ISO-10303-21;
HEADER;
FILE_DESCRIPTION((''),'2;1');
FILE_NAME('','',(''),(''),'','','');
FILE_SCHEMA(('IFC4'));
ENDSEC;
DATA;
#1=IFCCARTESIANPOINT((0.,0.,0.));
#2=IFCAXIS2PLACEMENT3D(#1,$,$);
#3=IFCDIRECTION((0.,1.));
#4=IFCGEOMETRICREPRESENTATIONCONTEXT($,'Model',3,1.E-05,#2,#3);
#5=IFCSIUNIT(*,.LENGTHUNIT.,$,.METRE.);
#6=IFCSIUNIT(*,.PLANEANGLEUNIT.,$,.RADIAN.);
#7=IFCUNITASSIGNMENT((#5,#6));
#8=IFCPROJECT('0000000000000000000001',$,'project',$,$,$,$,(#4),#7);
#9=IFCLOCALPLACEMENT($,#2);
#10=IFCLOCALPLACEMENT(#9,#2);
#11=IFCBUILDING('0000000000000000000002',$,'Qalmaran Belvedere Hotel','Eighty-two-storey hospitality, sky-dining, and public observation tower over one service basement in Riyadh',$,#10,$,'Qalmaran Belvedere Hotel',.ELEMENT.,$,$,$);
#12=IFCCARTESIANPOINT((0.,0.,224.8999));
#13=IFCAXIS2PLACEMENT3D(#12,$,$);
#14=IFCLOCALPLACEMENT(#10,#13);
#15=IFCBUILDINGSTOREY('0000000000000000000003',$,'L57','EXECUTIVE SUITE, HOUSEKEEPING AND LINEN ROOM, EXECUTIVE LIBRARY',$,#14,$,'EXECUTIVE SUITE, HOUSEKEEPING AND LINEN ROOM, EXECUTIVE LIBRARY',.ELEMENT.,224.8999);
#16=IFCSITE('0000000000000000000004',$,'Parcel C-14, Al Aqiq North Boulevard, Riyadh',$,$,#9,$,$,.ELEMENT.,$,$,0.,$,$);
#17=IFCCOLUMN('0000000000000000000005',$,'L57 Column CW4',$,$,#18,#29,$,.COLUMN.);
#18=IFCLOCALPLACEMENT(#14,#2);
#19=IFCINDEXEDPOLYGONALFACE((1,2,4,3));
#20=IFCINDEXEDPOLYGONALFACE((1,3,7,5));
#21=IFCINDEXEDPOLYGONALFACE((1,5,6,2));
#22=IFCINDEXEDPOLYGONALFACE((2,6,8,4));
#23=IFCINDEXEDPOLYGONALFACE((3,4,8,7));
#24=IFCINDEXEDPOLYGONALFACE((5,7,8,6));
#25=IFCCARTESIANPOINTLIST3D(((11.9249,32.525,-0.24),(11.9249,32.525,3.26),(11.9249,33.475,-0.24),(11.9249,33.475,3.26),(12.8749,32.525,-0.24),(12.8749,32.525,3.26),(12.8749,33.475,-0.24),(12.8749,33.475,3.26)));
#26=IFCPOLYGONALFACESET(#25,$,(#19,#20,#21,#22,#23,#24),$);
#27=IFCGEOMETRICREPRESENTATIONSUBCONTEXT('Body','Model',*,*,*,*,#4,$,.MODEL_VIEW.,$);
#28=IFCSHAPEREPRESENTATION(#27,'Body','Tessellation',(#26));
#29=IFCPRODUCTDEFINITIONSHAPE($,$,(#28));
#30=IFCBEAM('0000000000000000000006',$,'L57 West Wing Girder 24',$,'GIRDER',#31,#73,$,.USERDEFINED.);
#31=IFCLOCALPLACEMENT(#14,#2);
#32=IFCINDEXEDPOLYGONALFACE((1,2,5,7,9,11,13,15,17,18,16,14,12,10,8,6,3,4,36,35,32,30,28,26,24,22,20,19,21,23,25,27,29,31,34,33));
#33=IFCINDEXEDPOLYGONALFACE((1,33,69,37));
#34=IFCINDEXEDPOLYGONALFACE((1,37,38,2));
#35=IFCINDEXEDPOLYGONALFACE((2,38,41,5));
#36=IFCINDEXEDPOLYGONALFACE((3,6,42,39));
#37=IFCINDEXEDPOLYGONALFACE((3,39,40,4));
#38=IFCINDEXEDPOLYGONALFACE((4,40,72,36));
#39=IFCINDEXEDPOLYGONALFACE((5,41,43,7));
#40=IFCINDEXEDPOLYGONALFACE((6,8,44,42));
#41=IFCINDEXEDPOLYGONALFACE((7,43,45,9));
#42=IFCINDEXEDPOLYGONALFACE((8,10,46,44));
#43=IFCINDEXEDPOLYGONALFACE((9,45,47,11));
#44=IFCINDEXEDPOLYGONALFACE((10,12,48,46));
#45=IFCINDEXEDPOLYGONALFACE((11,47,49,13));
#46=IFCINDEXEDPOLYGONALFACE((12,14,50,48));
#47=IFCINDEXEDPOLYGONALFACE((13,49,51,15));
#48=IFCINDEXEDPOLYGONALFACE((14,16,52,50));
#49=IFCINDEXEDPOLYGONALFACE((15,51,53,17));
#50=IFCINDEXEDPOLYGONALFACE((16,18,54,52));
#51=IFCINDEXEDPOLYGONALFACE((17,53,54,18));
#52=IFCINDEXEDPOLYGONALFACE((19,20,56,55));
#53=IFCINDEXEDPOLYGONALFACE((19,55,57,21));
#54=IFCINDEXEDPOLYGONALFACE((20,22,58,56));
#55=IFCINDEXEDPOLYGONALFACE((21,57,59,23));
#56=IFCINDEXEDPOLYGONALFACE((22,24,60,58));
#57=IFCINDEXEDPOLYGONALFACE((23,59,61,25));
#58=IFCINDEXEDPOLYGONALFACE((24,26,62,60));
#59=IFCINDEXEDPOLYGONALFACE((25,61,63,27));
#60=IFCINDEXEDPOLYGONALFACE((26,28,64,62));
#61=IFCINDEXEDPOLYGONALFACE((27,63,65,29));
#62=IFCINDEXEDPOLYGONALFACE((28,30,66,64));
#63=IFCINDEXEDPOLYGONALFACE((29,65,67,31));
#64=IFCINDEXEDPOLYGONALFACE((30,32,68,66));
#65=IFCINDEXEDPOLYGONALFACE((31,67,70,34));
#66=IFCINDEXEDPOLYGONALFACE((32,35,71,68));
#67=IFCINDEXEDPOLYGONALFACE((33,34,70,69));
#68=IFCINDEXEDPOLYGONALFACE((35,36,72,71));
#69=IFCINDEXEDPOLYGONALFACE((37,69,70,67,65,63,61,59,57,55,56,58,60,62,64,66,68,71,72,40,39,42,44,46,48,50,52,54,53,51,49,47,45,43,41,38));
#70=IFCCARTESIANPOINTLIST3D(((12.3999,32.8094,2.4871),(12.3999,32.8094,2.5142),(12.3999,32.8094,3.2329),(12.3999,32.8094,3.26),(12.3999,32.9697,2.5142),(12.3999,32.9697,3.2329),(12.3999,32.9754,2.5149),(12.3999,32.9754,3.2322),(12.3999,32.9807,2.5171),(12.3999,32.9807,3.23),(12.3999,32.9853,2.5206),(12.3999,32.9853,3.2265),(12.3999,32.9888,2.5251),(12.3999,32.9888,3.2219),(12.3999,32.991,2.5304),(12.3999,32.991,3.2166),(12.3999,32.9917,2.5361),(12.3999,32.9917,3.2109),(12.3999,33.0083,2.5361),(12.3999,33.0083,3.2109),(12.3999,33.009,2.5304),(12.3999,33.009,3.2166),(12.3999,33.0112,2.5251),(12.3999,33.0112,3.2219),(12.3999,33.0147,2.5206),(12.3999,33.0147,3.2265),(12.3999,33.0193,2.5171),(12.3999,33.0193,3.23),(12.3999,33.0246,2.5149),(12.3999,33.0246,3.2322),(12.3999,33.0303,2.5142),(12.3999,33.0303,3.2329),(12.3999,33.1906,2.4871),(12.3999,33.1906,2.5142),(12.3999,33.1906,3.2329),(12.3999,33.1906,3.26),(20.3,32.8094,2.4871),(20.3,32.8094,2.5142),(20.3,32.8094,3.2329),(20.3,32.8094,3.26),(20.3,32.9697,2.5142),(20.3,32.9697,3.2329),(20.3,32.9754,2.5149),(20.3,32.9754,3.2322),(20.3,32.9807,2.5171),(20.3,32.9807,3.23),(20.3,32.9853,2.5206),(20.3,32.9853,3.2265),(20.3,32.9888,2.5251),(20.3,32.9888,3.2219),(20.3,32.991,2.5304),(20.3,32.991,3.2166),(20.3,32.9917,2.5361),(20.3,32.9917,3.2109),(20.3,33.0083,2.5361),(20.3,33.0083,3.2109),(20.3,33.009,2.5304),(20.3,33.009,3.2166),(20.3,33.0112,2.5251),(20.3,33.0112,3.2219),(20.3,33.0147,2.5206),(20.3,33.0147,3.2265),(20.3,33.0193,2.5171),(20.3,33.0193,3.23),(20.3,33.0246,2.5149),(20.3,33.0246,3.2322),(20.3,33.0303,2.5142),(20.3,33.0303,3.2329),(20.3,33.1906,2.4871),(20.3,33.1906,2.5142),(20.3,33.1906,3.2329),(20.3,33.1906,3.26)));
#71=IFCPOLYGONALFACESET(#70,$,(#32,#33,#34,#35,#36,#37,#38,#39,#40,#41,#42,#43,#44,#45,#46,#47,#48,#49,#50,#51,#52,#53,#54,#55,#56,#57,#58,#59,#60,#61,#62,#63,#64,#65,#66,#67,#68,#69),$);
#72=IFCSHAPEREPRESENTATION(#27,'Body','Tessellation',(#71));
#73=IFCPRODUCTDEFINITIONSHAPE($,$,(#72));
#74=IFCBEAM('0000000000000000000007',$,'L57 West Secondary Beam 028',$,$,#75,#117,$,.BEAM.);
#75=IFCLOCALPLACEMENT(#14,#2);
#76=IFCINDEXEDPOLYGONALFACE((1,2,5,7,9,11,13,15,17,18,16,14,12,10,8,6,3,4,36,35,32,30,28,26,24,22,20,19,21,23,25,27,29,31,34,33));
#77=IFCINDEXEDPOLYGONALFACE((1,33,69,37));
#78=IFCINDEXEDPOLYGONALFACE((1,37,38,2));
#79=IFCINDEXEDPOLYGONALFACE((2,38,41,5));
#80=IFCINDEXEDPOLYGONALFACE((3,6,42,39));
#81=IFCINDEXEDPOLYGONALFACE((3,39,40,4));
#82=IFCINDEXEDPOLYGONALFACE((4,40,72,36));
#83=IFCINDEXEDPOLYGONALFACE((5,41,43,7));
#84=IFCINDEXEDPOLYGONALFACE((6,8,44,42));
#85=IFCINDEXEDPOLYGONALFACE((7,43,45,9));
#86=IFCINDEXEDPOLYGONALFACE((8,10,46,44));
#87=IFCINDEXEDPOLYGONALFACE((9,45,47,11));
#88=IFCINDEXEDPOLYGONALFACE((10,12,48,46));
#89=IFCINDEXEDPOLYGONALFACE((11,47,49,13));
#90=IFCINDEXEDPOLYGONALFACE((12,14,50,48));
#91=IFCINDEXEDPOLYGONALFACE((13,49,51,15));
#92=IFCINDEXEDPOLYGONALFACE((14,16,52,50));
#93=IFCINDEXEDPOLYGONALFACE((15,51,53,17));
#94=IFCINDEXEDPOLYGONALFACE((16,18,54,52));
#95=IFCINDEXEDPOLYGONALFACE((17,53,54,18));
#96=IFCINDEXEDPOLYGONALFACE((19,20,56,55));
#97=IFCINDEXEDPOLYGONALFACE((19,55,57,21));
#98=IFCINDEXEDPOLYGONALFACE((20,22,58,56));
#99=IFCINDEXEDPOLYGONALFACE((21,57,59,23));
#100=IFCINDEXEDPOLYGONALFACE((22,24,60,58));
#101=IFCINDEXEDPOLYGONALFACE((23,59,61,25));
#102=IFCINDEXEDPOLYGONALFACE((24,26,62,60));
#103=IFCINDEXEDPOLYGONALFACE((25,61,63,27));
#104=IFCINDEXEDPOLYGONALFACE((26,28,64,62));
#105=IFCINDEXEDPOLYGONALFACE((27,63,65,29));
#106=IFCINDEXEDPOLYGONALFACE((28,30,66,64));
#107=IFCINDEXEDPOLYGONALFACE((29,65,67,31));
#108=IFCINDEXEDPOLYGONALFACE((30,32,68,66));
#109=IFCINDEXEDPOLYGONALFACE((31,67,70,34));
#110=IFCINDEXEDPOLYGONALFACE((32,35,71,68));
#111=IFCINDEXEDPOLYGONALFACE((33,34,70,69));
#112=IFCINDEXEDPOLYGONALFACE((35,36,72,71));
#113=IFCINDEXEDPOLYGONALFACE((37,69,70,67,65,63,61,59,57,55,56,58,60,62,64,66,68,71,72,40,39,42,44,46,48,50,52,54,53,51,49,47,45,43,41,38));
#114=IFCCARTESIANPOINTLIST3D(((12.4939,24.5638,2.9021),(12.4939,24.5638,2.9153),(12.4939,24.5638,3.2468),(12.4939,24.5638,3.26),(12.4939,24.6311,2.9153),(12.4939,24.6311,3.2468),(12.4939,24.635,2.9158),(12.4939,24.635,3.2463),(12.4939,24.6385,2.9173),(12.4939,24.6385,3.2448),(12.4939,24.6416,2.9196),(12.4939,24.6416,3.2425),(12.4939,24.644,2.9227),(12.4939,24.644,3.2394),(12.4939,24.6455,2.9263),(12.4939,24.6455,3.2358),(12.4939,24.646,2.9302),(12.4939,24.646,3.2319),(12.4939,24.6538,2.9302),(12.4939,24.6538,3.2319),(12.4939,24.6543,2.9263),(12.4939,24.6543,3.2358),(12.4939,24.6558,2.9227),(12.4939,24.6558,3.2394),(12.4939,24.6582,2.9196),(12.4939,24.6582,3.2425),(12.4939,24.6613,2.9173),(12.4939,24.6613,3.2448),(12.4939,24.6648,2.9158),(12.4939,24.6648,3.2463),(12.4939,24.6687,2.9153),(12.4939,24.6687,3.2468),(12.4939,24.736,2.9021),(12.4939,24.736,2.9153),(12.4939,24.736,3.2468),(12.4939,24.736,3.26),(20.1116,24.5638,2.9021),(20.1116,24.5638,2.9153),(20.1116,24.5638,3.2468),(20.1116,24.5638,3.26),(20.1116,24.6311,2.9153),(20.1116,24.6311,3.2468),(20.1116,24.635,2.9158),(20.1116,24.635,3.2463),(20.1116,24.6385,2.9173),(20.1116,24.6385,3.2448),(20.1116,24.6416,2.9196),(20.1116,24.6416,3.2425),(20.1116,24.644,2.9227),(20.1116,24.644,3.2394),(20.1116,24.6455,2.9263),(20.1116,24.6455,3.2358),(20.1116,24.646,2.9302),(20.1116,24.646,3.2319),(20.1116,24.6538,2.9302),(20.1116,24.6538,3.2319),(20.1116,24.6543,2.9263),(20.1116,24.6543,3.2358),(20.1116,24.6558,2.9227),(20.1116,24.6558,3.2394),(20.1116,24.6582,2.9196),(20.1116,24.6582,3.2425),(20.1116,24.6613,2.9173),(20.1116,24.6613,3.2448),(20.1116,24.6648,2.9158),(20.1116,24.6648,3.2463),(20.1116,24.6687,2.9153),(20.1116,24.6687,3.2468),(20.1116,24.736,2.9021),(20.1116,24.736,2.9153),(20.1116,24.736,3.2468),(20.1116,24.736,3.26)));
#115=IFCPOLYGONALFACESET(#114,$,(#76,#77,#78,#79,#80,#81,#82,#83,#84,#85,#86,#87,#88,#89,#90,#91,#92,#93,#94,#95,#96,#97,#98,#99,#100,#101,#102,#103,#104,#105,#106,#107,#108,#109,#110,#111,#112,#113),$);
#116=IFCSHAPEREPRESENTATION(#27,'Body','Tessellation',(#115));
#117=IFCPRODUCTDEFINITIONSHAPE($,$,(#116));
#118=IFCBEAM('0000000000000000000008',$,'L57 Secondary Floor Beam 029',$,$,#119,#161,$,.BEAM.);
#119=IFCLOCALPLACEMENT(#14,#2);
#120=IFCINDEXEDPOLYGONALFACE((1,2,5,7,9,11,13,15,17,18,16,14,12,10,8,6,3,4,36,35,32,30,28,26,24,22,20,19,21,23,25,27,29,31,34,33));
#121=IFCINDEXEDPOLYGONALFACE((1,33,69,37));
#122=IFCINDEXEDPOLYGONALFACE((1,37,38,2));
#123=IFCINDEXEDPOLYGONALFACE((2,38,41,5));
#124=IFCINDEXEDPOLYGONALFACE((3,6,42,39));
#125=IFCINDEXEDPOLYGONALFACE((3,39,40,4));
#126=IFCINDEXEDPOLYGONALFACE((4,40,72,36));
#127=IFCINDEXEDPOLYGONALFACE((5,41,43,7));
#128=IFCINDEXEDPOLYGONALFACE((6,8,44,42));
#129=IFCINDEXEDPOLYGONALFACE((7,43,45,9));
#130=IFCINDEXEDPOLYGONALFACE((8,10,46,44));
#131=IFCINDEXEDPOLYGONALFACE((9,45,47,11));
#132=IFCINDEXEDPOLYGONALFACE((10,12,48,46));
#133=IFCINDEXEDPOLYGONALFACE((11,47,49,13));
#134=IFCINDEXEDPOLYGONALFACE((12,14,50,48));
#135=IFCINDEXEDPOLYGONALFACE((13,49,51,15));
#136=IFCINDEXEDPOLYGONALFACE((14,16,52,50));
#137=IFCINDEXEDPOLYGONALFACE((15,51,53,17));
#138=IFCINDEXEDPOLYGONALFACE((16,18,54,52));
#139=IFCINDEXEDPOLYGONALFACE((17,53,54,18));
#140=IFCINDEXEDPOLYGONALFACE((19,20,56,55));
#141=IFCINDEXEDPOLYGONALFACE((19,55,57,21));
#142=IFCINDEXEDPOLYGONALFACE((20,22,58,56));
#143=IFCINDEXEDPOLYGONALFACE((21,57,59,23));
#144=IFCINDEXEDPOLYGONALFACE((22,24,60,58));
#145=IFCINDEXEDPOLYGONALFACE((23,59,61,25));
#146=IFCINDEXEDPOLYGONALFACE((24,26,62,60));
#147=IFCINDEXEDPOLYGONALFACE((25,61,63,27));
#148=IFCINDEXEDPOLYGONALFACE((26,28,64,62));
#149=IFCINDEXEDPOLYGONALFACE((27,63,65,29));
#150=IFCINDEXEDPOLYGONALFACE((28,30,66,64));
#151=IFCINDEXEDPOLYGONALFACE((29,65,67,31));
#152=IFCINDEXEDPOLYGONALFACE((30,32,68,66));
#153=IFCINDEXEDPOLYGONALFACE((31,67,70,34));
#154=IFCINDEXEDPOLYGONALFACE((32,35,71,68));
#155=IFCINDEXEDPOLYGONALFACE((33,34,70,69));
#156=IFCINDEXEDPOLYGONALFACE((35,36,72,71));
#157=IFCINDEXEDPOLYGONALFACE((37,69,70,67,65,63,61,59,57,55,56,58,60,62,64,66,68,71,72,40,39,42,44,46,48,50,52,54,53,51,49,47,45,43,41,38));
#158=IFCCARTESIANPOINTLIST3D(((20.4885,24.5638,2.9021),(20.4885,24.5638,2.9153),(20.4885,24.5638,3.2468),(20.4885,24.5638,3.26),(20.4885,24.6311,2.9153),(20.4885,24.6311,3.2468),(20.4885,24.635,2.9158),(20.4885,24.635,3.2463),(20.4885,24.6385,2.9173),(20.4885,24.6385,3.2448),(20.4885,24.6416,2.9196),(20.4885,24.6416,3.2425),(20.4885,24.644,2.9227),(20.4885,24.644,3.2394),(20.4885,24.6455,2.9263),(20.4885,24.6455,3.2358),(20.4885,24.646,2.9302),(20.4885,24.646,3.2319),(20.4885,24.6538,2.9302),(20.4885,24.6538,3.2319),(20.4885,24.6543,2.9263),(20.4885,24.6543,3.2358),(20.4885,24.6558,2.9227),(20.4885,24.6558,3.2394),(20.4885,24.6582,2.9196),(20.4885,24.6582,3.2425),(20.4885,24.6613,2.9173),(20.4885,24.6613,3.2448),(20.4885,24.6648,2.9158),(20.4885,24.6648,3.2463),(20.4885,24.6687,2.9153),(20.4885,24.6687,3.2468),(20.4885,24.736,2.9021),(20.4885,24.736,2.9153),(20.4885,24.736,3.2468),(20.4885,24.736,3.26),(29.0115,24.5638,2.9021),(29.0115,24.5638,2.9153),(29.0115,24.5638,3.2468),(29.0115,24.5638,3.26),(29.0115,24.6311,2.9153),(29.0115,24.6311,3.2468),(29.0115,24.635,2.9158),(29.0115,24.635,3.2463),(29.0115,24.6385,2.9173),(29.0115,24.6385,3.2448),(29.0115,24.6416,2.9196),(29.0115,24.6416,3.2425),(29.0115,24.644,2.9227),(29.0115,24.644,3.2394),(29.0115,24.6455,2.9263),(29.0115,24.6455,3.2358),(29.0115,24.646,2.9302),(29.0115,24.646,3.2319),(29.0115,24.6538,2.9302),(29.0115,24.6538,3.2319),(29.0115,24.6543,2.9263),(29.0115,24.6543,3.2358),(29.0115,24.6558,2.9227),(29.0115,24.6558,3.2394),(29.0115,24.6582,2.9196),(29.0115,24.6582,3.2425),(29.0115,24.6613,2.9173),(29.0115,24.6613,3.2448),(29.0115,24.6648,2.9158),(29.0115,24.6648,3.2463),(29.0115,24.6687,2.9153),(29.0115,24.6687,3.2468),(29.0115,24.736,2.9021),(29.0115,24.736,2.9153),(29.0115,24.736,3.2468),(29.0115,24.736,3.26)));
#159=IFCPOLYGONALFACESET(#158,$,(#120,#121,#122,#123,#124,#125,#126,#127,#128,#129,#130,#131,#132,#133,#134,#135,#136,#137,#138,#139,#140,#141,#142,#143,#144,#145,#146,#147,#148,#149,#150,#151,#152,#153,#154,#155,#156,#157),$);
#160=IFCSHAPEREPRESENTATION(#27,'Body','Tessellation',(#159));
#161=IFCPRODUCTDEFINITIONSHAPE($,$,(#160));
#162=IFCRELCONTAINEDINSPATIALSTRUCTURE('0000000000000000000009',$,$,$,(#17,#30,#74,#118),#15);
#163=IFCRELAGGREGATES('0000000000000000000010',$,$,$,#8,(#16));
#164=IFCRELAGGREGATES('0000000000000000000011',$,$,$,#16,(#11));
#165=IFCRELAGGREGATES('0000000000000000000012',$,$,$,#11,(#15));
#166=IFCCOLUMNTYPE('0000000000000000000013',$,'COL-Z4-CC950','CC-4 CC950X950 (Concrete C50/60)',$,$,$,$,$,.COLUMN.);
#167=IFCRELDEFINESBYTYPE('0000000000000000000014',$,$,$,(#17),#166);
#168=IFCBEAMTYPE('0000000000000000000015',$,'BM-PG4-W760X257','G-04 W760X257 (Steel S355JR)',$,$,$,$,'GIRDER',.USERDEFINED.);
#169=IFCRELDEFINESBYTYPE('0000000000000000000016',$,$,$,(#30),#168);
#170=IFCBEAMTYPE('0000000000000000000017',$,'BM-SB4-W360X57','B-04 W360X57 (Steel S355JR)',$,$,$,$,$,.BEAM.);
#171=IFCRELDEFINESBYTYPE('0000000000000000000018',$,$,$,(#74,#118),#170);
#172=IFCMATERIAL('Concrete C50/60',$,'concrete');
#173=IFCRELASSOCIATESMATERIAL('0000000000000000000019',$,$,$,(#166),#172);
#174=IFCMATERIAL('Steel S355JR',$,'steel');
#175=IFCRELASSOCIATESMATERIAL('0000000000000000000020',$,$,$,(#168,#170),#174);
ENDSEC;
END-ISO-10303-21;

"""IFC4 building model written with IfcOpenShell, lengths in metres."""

from ifc_helpers import new_model, si_unit, direction, frame, origin, origin_2d, place, context, subcontext, project, spatial, rectangle, i_section, extrude, material, material_profile, profile_set, type_object, element, save


model = new_model("IFC4")

# Units and contexts
model_context = context("Model", 3, precision=1e-05, world=origin(), true_north=direction((0.0, 1.0)))
body_context = subcontext(model_context, "Body", "Model", "MODEL_VIEW")
ifc_project = project(units=[si_unit("LENGTHUNIT", "METRE"), si_unit("PLANEANGLEUNIT", "RADIAN")], contexts=[model_context])

# Site, building, storey
site_placement = place(None, origin())
site = spatial("IfcSite", under=ifc_project, at=site_placement, Name="Parcel C-14, Al Aqiq North Boulevard, Riyadh", CompositionType="ELEMENT", RefElevation=0.0)
building_placement = place(site_placement, origin())
building = spatial("IfcBuilding", under=site, at=building_placement, Name="Qalmaran Belvedere Hotel", Description="Eighty-two-storey hospitality, sky-dining, and public observation tower over one service basement in Riyadh", LongName="Qalmaran Belvedere Hotel", CompositionType="ELEMENT")
storey_placement = place(building_placement, frame((0.0, 0.0, 224.8999)))
storey = spatial("IfcBuildingStorey", under=building, at=storey_placement, Name="L57", Description="EXECUTIVE SUITE, HOUSEKEEPING AND LINEN ROOM, EXECUTIVE LIBRARY", LongName="EXECUTIVE SUITE, HOUSEKEEPING AND LINEN ROOM, EXECUTIVE LIBRARY", CompositionType="ELEMENT", Elevation=224.8999)

# Column
ifc_material_1 = material(Name="Concrete C50/60", Category="concrete")
ifc_material_profile_1 = material_profile(ifc_material_1, rectangle(XDim=0.95, YDim=0.95, at=origin_2d()), Name="CC950X950")
ifc_profile_set_1 = profile_set([ifc_material_profile_1], Name="Concrete C50/60")
column_type = type_object("IfcColumnType", Name="COL-Z4-CC950", Description="CC-4 CC950X950 (Concrete C50/60)", PredefinedType="COLUMN", material=ifc_profile_set_1)
column_placement = place(storey_placement, frame((12.3999, 33.0, -0.24), z_axis=(0.0, 0.0, 1.0), x_axis=(1.0, 0.0, 0.0)))
element("IfcColumn", 1, at=column_placement, inside=storey, type_object=column_type, Name="L57 Column CW4", PredefinedType="COLUMN", context=body_context, shape_type="SweptSolid", body=[
    extrude(rectangle(XDim=0.95, YDim=0.95, at=origin_2d()), origin(), (0.0, 0.0, 1.0), 3.5),
])

# Beams
ifc_material_2 = material(Name="Steel S355JR", Category="steel")
ifc_material_profile_2 = material_profile(ifc_material_2, i_section(OverallWidth=0.3811, OverallDepth=0.7729, WebThickness=0.0166, FlangeThickness=0.0271, FilletRadius=0.022, at=origin_2d()), Name="W760X257")
ifc_profile_set_2 = profile_set([ifc_material_profile_2], Name="Steel S355JR")
beam_type_1 = type_object("IfcBeamType", Name="BM-PG4-W760X257", Description="G-04 W760X257 (Steel S355JR)", ElementType="GIRDER", PredefinedType="USERDEFINED", material=ifc_profile_set_2)
beam_1_placement = place(storey_placement, frame((12.3999, 33.0, 2.8735), z_axis=(1.0, 0.0, 0.0), x_axis=(0.0, 1.0, 0.0)))
element("IfcBeam", 2, at=beam_1_placement, inside=storey, type_object=beam_type_1, Name="L57 West Wing Girder 24", ObjectType="GIRDER", PredefinedType="USERDEFINED", context=body_context, shape_type="SweptSolid", body=[
    extrude(i_section(OverallWidth=0.3811, OverallDepth=0.7729, WebThickness=0.0166, FlangeThickness=0.0271, FilletRadius=0.022, at=origin_2d()), origin(), (0.0, 0.0, 1.0), 7.9001),
])
ifc_material_profile_3 = material_profile(ifc_material_2, i_section(OverallWidth=0.1721, OverallDepth=0.3579, WebThickness=0.0078, FlangeThickness=0.0132, FilletRadius=0.0149, at=origin_2d()), Name="W360X57")
ifc_profile_set_3 = profile_set([ifc_material_profile_3], Name="Steel S355JR")
beam_type_2 = type_object("IfcBeamType", Name="BM-SB4-W360X57", Description="B-04 W360X57 (Steel S355JR)", PredefinedType="BEAM", material=ifc_profile_set_3)
beam_2_placement = place(storey_placement, frame((12.4939, 24.6499, 3.0811), z_axis=(1.0, 0.0, 0.0), x_axis=(0.0, 1.0, 0.0)))
element("IfcBeam", 3, at=beam_2_placement, inside=storey, type_object=beam_type_2, Name="L57 West Secondary Beam 028", PredefinedType="BEAM", context=body_context, shape_type="SweptSolid", body=[
    extrude(i_section(OverallWidth=0.1721, OverallDepth=0.3579, WebThickness=0.0078, FlangeThickness=0.0132, FilletRadius=0.0149, at=origin_2d()), origin(), (0.0, 0.0, 1.0), 7.6177),
])
beam_3_placement = place(storey_placement, frame((20.4885, 24.6499, 3.0811), z_axis=(1.0, 0.0, 0.0), x_axis=(0.0, 1.0, 0.0)))
element("IfcBeam", 4, at=beam_3_placement, inside=storey, type_object=beam_type_2, Name="L57 Secondary Floor Beam 029", PredefinedType="BEAM", context=body_context, shape_type="SweptSolid", body=[
    extrude(i_section(OverallWidth=0.1721, OverallDepth=0.3579, WebThickness=0.0078, FlangeThickness=0.0132, FilletRadius=0.0149, at=origin_2d()), origin(), (0.0, 0.0, 1.0), 8.5229),
])

save(model, "model.ifc")
